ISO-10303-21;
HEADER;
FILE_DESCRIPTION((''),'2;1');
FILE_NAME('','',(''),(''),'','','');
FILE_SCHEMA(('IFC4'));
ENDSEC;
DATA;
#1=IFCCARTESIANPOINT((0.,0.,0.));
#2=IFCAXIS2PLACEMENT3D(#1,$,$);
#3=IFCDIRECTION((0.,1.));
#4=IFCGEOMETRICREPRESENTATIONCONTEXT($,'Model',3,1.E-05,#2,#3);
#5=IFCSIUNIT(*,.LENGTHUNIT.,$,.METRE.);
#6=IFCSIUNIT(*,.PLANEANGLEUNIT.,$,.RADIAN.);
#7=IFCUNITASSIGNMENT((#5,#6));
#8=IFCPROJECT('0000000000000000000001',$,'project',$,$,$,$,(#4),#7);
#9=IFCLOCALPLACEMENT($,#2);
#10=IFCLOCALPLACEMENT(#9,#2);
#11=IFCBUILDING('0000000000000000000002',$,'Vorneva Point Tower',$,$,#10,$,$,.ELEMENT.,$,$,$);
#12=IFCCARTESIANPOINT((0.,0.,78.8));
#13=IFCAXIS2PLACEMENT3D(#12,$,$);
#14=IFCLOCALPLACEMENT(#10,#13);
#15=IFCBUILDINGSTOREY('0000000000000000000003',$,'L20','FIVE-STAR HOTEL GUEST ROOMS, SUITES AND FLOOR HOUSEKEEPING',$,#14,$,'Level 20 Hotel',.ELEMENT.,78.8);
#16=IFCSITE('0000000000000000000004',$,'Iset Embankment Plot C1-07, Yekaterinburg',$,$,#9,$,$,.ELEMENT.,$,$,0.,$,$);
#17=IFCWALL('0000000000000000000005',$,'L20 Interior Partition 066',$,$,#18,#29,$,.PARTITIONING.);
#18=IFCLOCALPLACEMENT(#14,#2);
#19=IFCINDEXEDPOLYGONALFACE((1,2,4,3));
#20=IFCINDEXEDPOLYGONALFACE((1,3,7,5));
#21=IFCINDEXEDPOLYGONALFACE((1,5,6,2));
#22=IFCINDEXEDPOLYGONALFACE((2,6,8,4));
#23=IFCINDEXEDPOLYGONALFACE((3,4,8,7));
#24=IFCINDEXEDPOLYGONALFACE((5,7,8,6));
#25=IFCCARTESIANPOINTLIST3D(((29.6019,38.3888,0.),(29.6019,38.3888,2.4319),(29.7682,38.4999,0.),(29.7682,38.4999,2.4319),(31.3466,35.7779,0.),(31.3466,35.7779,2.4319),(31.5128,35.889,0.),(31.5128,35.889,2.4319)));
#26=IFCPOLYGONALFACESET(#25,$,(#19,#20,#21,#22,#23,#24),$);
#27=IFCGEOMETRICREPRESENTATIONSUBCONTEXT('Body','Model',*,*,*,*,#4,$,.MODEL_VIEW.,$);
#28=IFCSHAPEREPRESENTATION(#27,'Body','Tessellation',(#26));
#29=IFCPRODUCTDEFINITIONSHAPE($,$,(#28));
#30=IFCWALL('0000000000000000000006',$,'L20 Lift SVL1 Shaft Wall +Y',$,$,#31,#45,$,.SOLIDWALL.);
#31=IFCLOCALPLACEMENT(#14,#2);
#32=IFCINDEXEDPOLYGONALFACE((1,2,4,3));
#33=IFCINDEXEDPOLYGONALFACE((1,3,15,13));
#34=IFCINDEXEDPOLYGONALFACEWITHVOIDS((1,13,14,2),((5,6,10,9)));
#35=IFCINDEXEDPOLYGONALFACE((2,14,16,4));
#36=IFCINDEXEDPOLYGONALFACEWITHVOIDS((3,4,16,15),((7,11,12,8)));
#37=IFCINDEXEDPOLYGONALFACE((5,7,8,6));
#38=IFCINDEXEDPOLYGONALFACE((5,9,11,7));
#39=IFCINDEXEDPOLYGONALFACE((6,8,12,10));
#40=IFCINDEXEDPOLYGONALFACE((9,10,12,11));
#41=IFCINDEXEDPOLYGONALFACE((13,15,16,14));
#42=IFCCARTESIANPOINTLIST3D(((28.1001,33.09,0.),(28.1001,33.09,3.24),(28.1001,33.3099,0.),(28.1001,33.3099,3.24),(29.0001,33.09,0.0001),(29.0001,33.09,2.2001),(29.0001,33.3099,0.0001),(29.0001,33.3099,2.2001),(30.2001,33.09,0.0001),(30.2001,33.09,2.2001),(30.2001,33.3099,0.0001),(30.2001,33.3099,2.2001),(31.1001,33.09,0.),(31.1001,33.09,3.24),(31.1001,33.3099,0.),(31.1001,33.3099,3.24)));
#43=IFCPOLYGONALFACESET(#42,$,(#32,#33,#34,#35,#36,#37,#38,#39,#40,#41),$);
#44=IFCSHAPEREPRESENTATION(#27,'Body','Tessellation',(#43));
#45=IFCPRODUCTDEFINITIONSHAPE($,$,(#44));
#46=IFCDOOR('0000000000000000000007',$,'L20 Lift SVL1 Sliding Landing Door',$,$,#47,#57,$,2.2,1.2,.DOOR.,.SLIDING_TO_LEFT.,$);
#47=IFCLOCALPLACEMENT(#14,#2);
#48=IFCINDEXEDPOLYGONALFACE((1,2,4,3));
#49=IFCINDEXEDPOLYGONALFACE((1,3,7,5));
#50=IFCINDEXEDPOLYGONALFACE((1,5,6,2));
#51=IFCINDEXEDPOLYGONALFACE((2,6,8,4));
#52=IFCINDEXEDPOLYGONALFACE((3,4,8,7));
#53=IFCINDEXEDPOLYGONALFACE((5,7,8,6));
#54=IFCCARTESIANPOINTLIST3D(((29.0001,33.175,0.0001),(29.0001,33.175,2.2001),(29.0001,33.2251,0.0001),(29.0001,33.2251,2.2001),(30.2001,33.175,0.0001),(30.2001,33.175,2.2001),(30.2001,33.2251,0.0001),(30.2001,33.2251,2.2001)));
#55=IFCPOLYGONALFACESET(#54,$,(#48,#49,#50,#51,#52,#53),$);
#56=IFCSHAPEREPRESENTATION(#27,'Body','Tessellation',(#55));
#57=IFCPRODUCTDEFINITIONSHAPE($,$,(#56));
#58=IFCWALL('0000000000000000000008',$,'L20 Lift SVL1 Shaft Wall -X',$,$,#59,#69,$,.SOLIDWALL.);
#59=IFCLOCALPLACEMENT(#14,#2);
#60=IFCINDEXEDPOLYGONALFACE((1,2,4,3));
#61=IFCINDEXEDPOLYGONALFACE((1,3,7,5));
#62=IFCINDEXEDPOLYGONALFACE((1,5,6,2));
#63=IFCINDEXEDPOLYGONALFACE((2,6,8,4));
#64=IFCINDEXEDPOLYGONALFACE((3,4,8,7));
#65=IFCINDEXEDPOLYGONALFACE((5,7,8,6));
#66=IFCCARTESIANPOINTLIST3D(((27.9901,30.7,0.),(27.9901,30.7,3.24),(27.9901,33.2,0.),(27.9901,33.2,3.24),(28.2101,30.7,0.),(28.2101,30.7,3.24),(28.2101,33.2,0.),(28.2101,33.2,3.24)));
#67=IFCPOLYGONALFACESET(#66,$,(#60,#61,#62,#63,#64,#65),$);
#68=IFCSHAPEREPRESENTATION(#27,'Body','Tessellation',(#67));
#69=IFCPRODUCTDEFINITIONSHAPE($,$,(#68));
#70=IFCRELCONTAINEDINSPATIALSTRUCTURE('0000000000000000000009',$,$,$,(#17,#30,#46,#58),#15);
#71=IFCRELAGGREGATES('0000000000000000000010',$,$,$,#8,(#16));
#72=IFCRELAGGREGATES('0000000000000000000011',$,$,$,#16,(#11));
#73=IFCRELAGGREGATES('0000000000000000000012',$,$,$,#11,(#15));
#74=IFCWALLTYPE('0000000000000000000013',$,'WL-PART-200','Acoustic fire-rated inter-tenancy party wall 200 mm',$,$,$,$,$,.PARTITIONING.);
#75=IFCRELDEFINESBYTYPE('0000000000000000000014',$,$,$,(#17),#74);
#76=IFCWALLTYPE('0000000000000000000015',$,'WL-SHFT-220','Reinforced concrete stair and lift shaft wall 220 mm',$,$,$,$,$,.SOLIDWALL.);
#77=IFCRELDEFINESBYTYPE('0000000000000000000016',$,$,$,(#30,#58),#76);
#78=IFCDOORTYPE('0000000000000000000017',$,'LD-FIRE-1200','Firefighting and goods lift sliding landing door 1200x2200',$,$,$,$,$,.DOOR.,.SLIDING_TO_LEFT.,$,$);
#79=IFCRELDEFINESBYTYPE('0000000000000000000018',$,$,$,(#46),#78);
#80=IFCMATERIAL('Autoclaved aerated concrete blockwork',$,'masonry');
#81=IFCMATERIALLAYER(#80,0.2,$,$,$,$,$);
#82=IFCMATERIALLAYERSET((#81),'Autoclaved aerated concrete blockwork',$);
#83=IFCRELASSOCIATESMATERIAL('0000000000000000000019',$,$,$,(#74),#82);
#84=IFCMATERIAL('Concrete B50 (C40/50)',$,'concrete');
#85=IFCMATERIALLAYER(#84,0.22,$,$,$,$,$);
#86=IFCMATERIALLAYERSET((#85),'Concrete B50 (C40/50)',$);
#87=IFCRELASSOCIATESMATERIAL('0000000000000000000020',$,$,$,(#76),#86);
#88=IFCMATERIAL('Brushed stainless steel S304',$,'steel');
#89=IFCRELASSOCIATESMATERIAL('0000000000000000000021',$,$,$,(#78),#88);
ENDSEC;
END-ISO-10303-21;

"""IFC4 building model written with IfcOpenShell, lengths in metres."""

from ifc_helpers import new_model, si_unit, direction, frame, frame_2d, origin, place, context, subcontext, project, spatial, rectangle, extrude, material, layer, layer_set, type_object, element, fill, save


model = new_model("IFC4")

# Units and contexts
model_context = context("Model", 3, precision=1e-05, world=origin(), true_north=direction((0.0, 1.0)))
body_context = subcontext(model_context, "Body", "Model", "MODEL_VIEW")
ifc_project = project(units=[si_unit("LENGTHUNIT", "METRE"), si_unit("PLANEANGLEUNIT", "RADIAN")], contexts=[model_context])

# Site, building, storey
site_placement = place(None, origin())
site = spatial("IfcSite", under=ifc_project, at=site_placement, Name="Iset Embankment Plot C1-07, Yekaterinburg", CompositionType="ELEMENT", RefElevation=0.0)
building_placement = place(site_placement, origin())
building = spatial("IfcBuilding", under=site, at=building_placement, Name="Vorneva Point Tower", CompositionType="ELEMENT")
storey_placement = place(building_placement, frame((0.0, 0.0, 78.8)))
storey = spatial("IfcBuildingStorey", under=building, at=storey_placement, Name="L20", Description="FIVE-STAR HOTEL GUEST ROOMS, SUITES AND FLOOR HOUSEKEEPING", LongName="Level 20 Hotel", CompositionType="ELEMENT", Elevation=78.8)

# Shared definitions
ifc_material_1 = material(Name="Autoclaved aerated concrete blockwork", Category="masonry")

# Wall
ifc_layer_1 = layer(ifc_material_1, 0.2)
ifc_layer_set_1 = layer_set([ifc_layer_1], Name="Autoclaved aerated concrete blockwork")
wall_type_1 = type_object("IfcWallType", Name="WL-PART-200", Description="Acoustic fire-rated inter-tenancy party wall 200 mm", PredefinedType="PARTITIONING", material=ifc_layer_set_1)
wall_1_placement = place(storey_placement, frame((29.6851, 38.4443, 0.0), z_axis=(0.0, 0.0, 1.0), x_axis=(0.555597, -0.831452, 0.0)))
element("IfcWall", 1, at=wall_1_placement, inside=storey, type_object=wall_type_1, Name="L20 Interior Partition 066", PredefinedType="PARTITIONING", context=body_context, shape_type="SweptSolid", body=[
    extrude(rectangle(XDim=3.1401, YDim=0.2, at=frame_2d((1.5701, 0.0))), origin(), (0.0, 0.0, 1.0), 2.4319),
])

# Wall, opening, door
ifc_material_2 = material(Name="Concrete B50 (C40/50)", Category="concrete")
ifc_layer_2 = layer(ifc_material_2, 0.22)
ifc_layer_set_2 = layer_set([ifc_layer_2], Name="Concrete B50 (C40/50)")
wall_type_2 = type_object("IfcWallType", Name="WL-SHFT-220", Description="Reinforced concrete stair and lift shaft wall 220 mm", PredefinedType="SOLIDWALL", material=ifc_layer_set_2)
wall_2_placement = place(storey_placement, frame((31.1001, 33.2, 0.0), z_axis=(0.0, 0.0, 1.0), x_axis=(-1.0, 0.0, 0.0)))
wall_2 = element("IfcWall", 2, at=wall_2_placement, inside=storey, type_object=wall_type_2, Name="L20 Lift SVL1 Shaft Wall +Y", PredefinedType="SOLIDWALL", context=body_context, shape_type="SweptSolid", body=[
    extrude(rectangle(XDim=3.0, YDim=0.22, at=frame_2d((1.5, 0.0))), origin(), (0.0, 0.0, 1.0), 3.24),
])
opening_1_placement = place(wall_2_placement, frame((0.8999, 0.0, 0.0)))
opening_1 = element("IfcOpeningElement", 3, at=opening_1_placement, cuts=wall_2, PredefinedType="OPENING", context=body_context, shape_type="SweptSolid", body=[
    extrude(rectangle(XDim=1.2, YDim=2.2, at=frame_2d((0.6001, 1.1001))), frame((0.0, 0.125, 0.0), z_axis=(0.0, -1.0, 0.0), x_axis=(1.0, 0.0, 0.0)), (0.0, 0.0, 1.0), 0.2498),
])
ifc_material_3 = material(Name="Brushed stainless steel S304", Category="steel")
door_type_1 = type_object("IfcDoorType", Name="LD-FIRE-1200", Description="Firefighting and goods lift sliding landing door 1200x2200", OperationType="SLIDING_TO_LEFT", PredefinedType="DOOR", material=ifc_material_3)
door_1_placement = place(opening_1_placement, origin())
door_1 = element("IfcDoor", 4, at=door_1_placement, inside=storey, type_object=door_type_1, Name="L20 Lift SVL1 Sliding Landing Door", OperationType="SLIDING_TO_LEFT", OverallHeight=2.2, OverallWidth=1.2, PredefinedType="DOOR", context=body_context, shape_type="SweptSolid", body=[
    extrude(rectangle(XDim=1.2, YDim=2.2, at=frame_2d((0.6001, 1.1001))), frame((0.0, 0.0249, 0.0), z_axis=(0.0, -1.0, 0.0), x_axis=(1.0, 0.0, 0.0)), (0.0, 0.0, 1.0), 0.05),
])
fill(opening_1, door_1)

# Wall
wall_3_placement = place(storey_placement, frame((28.1001, 33.2, 0.0), z_axis=(0.0, 0.0, 1.0), x_axis=(0.0, -1.0, 0.0)))
element("IfcWall", 5, at=wall_3_placement, inside=storey, type_object=wall_type_2, Name="L20 Lift SVL1 Shaft Wall -X", PredefinedType="SOLIDWALL", context=body_context, shape_type="SweptSolid", body=[
    extrude(rectangle(XDim=2.5, YDim=0.22, at=frame_2d((1.25, 0.0))), origin(), (0.0, 0.0, 1.0), 3.24),
])

save(model, "model.ifc")
